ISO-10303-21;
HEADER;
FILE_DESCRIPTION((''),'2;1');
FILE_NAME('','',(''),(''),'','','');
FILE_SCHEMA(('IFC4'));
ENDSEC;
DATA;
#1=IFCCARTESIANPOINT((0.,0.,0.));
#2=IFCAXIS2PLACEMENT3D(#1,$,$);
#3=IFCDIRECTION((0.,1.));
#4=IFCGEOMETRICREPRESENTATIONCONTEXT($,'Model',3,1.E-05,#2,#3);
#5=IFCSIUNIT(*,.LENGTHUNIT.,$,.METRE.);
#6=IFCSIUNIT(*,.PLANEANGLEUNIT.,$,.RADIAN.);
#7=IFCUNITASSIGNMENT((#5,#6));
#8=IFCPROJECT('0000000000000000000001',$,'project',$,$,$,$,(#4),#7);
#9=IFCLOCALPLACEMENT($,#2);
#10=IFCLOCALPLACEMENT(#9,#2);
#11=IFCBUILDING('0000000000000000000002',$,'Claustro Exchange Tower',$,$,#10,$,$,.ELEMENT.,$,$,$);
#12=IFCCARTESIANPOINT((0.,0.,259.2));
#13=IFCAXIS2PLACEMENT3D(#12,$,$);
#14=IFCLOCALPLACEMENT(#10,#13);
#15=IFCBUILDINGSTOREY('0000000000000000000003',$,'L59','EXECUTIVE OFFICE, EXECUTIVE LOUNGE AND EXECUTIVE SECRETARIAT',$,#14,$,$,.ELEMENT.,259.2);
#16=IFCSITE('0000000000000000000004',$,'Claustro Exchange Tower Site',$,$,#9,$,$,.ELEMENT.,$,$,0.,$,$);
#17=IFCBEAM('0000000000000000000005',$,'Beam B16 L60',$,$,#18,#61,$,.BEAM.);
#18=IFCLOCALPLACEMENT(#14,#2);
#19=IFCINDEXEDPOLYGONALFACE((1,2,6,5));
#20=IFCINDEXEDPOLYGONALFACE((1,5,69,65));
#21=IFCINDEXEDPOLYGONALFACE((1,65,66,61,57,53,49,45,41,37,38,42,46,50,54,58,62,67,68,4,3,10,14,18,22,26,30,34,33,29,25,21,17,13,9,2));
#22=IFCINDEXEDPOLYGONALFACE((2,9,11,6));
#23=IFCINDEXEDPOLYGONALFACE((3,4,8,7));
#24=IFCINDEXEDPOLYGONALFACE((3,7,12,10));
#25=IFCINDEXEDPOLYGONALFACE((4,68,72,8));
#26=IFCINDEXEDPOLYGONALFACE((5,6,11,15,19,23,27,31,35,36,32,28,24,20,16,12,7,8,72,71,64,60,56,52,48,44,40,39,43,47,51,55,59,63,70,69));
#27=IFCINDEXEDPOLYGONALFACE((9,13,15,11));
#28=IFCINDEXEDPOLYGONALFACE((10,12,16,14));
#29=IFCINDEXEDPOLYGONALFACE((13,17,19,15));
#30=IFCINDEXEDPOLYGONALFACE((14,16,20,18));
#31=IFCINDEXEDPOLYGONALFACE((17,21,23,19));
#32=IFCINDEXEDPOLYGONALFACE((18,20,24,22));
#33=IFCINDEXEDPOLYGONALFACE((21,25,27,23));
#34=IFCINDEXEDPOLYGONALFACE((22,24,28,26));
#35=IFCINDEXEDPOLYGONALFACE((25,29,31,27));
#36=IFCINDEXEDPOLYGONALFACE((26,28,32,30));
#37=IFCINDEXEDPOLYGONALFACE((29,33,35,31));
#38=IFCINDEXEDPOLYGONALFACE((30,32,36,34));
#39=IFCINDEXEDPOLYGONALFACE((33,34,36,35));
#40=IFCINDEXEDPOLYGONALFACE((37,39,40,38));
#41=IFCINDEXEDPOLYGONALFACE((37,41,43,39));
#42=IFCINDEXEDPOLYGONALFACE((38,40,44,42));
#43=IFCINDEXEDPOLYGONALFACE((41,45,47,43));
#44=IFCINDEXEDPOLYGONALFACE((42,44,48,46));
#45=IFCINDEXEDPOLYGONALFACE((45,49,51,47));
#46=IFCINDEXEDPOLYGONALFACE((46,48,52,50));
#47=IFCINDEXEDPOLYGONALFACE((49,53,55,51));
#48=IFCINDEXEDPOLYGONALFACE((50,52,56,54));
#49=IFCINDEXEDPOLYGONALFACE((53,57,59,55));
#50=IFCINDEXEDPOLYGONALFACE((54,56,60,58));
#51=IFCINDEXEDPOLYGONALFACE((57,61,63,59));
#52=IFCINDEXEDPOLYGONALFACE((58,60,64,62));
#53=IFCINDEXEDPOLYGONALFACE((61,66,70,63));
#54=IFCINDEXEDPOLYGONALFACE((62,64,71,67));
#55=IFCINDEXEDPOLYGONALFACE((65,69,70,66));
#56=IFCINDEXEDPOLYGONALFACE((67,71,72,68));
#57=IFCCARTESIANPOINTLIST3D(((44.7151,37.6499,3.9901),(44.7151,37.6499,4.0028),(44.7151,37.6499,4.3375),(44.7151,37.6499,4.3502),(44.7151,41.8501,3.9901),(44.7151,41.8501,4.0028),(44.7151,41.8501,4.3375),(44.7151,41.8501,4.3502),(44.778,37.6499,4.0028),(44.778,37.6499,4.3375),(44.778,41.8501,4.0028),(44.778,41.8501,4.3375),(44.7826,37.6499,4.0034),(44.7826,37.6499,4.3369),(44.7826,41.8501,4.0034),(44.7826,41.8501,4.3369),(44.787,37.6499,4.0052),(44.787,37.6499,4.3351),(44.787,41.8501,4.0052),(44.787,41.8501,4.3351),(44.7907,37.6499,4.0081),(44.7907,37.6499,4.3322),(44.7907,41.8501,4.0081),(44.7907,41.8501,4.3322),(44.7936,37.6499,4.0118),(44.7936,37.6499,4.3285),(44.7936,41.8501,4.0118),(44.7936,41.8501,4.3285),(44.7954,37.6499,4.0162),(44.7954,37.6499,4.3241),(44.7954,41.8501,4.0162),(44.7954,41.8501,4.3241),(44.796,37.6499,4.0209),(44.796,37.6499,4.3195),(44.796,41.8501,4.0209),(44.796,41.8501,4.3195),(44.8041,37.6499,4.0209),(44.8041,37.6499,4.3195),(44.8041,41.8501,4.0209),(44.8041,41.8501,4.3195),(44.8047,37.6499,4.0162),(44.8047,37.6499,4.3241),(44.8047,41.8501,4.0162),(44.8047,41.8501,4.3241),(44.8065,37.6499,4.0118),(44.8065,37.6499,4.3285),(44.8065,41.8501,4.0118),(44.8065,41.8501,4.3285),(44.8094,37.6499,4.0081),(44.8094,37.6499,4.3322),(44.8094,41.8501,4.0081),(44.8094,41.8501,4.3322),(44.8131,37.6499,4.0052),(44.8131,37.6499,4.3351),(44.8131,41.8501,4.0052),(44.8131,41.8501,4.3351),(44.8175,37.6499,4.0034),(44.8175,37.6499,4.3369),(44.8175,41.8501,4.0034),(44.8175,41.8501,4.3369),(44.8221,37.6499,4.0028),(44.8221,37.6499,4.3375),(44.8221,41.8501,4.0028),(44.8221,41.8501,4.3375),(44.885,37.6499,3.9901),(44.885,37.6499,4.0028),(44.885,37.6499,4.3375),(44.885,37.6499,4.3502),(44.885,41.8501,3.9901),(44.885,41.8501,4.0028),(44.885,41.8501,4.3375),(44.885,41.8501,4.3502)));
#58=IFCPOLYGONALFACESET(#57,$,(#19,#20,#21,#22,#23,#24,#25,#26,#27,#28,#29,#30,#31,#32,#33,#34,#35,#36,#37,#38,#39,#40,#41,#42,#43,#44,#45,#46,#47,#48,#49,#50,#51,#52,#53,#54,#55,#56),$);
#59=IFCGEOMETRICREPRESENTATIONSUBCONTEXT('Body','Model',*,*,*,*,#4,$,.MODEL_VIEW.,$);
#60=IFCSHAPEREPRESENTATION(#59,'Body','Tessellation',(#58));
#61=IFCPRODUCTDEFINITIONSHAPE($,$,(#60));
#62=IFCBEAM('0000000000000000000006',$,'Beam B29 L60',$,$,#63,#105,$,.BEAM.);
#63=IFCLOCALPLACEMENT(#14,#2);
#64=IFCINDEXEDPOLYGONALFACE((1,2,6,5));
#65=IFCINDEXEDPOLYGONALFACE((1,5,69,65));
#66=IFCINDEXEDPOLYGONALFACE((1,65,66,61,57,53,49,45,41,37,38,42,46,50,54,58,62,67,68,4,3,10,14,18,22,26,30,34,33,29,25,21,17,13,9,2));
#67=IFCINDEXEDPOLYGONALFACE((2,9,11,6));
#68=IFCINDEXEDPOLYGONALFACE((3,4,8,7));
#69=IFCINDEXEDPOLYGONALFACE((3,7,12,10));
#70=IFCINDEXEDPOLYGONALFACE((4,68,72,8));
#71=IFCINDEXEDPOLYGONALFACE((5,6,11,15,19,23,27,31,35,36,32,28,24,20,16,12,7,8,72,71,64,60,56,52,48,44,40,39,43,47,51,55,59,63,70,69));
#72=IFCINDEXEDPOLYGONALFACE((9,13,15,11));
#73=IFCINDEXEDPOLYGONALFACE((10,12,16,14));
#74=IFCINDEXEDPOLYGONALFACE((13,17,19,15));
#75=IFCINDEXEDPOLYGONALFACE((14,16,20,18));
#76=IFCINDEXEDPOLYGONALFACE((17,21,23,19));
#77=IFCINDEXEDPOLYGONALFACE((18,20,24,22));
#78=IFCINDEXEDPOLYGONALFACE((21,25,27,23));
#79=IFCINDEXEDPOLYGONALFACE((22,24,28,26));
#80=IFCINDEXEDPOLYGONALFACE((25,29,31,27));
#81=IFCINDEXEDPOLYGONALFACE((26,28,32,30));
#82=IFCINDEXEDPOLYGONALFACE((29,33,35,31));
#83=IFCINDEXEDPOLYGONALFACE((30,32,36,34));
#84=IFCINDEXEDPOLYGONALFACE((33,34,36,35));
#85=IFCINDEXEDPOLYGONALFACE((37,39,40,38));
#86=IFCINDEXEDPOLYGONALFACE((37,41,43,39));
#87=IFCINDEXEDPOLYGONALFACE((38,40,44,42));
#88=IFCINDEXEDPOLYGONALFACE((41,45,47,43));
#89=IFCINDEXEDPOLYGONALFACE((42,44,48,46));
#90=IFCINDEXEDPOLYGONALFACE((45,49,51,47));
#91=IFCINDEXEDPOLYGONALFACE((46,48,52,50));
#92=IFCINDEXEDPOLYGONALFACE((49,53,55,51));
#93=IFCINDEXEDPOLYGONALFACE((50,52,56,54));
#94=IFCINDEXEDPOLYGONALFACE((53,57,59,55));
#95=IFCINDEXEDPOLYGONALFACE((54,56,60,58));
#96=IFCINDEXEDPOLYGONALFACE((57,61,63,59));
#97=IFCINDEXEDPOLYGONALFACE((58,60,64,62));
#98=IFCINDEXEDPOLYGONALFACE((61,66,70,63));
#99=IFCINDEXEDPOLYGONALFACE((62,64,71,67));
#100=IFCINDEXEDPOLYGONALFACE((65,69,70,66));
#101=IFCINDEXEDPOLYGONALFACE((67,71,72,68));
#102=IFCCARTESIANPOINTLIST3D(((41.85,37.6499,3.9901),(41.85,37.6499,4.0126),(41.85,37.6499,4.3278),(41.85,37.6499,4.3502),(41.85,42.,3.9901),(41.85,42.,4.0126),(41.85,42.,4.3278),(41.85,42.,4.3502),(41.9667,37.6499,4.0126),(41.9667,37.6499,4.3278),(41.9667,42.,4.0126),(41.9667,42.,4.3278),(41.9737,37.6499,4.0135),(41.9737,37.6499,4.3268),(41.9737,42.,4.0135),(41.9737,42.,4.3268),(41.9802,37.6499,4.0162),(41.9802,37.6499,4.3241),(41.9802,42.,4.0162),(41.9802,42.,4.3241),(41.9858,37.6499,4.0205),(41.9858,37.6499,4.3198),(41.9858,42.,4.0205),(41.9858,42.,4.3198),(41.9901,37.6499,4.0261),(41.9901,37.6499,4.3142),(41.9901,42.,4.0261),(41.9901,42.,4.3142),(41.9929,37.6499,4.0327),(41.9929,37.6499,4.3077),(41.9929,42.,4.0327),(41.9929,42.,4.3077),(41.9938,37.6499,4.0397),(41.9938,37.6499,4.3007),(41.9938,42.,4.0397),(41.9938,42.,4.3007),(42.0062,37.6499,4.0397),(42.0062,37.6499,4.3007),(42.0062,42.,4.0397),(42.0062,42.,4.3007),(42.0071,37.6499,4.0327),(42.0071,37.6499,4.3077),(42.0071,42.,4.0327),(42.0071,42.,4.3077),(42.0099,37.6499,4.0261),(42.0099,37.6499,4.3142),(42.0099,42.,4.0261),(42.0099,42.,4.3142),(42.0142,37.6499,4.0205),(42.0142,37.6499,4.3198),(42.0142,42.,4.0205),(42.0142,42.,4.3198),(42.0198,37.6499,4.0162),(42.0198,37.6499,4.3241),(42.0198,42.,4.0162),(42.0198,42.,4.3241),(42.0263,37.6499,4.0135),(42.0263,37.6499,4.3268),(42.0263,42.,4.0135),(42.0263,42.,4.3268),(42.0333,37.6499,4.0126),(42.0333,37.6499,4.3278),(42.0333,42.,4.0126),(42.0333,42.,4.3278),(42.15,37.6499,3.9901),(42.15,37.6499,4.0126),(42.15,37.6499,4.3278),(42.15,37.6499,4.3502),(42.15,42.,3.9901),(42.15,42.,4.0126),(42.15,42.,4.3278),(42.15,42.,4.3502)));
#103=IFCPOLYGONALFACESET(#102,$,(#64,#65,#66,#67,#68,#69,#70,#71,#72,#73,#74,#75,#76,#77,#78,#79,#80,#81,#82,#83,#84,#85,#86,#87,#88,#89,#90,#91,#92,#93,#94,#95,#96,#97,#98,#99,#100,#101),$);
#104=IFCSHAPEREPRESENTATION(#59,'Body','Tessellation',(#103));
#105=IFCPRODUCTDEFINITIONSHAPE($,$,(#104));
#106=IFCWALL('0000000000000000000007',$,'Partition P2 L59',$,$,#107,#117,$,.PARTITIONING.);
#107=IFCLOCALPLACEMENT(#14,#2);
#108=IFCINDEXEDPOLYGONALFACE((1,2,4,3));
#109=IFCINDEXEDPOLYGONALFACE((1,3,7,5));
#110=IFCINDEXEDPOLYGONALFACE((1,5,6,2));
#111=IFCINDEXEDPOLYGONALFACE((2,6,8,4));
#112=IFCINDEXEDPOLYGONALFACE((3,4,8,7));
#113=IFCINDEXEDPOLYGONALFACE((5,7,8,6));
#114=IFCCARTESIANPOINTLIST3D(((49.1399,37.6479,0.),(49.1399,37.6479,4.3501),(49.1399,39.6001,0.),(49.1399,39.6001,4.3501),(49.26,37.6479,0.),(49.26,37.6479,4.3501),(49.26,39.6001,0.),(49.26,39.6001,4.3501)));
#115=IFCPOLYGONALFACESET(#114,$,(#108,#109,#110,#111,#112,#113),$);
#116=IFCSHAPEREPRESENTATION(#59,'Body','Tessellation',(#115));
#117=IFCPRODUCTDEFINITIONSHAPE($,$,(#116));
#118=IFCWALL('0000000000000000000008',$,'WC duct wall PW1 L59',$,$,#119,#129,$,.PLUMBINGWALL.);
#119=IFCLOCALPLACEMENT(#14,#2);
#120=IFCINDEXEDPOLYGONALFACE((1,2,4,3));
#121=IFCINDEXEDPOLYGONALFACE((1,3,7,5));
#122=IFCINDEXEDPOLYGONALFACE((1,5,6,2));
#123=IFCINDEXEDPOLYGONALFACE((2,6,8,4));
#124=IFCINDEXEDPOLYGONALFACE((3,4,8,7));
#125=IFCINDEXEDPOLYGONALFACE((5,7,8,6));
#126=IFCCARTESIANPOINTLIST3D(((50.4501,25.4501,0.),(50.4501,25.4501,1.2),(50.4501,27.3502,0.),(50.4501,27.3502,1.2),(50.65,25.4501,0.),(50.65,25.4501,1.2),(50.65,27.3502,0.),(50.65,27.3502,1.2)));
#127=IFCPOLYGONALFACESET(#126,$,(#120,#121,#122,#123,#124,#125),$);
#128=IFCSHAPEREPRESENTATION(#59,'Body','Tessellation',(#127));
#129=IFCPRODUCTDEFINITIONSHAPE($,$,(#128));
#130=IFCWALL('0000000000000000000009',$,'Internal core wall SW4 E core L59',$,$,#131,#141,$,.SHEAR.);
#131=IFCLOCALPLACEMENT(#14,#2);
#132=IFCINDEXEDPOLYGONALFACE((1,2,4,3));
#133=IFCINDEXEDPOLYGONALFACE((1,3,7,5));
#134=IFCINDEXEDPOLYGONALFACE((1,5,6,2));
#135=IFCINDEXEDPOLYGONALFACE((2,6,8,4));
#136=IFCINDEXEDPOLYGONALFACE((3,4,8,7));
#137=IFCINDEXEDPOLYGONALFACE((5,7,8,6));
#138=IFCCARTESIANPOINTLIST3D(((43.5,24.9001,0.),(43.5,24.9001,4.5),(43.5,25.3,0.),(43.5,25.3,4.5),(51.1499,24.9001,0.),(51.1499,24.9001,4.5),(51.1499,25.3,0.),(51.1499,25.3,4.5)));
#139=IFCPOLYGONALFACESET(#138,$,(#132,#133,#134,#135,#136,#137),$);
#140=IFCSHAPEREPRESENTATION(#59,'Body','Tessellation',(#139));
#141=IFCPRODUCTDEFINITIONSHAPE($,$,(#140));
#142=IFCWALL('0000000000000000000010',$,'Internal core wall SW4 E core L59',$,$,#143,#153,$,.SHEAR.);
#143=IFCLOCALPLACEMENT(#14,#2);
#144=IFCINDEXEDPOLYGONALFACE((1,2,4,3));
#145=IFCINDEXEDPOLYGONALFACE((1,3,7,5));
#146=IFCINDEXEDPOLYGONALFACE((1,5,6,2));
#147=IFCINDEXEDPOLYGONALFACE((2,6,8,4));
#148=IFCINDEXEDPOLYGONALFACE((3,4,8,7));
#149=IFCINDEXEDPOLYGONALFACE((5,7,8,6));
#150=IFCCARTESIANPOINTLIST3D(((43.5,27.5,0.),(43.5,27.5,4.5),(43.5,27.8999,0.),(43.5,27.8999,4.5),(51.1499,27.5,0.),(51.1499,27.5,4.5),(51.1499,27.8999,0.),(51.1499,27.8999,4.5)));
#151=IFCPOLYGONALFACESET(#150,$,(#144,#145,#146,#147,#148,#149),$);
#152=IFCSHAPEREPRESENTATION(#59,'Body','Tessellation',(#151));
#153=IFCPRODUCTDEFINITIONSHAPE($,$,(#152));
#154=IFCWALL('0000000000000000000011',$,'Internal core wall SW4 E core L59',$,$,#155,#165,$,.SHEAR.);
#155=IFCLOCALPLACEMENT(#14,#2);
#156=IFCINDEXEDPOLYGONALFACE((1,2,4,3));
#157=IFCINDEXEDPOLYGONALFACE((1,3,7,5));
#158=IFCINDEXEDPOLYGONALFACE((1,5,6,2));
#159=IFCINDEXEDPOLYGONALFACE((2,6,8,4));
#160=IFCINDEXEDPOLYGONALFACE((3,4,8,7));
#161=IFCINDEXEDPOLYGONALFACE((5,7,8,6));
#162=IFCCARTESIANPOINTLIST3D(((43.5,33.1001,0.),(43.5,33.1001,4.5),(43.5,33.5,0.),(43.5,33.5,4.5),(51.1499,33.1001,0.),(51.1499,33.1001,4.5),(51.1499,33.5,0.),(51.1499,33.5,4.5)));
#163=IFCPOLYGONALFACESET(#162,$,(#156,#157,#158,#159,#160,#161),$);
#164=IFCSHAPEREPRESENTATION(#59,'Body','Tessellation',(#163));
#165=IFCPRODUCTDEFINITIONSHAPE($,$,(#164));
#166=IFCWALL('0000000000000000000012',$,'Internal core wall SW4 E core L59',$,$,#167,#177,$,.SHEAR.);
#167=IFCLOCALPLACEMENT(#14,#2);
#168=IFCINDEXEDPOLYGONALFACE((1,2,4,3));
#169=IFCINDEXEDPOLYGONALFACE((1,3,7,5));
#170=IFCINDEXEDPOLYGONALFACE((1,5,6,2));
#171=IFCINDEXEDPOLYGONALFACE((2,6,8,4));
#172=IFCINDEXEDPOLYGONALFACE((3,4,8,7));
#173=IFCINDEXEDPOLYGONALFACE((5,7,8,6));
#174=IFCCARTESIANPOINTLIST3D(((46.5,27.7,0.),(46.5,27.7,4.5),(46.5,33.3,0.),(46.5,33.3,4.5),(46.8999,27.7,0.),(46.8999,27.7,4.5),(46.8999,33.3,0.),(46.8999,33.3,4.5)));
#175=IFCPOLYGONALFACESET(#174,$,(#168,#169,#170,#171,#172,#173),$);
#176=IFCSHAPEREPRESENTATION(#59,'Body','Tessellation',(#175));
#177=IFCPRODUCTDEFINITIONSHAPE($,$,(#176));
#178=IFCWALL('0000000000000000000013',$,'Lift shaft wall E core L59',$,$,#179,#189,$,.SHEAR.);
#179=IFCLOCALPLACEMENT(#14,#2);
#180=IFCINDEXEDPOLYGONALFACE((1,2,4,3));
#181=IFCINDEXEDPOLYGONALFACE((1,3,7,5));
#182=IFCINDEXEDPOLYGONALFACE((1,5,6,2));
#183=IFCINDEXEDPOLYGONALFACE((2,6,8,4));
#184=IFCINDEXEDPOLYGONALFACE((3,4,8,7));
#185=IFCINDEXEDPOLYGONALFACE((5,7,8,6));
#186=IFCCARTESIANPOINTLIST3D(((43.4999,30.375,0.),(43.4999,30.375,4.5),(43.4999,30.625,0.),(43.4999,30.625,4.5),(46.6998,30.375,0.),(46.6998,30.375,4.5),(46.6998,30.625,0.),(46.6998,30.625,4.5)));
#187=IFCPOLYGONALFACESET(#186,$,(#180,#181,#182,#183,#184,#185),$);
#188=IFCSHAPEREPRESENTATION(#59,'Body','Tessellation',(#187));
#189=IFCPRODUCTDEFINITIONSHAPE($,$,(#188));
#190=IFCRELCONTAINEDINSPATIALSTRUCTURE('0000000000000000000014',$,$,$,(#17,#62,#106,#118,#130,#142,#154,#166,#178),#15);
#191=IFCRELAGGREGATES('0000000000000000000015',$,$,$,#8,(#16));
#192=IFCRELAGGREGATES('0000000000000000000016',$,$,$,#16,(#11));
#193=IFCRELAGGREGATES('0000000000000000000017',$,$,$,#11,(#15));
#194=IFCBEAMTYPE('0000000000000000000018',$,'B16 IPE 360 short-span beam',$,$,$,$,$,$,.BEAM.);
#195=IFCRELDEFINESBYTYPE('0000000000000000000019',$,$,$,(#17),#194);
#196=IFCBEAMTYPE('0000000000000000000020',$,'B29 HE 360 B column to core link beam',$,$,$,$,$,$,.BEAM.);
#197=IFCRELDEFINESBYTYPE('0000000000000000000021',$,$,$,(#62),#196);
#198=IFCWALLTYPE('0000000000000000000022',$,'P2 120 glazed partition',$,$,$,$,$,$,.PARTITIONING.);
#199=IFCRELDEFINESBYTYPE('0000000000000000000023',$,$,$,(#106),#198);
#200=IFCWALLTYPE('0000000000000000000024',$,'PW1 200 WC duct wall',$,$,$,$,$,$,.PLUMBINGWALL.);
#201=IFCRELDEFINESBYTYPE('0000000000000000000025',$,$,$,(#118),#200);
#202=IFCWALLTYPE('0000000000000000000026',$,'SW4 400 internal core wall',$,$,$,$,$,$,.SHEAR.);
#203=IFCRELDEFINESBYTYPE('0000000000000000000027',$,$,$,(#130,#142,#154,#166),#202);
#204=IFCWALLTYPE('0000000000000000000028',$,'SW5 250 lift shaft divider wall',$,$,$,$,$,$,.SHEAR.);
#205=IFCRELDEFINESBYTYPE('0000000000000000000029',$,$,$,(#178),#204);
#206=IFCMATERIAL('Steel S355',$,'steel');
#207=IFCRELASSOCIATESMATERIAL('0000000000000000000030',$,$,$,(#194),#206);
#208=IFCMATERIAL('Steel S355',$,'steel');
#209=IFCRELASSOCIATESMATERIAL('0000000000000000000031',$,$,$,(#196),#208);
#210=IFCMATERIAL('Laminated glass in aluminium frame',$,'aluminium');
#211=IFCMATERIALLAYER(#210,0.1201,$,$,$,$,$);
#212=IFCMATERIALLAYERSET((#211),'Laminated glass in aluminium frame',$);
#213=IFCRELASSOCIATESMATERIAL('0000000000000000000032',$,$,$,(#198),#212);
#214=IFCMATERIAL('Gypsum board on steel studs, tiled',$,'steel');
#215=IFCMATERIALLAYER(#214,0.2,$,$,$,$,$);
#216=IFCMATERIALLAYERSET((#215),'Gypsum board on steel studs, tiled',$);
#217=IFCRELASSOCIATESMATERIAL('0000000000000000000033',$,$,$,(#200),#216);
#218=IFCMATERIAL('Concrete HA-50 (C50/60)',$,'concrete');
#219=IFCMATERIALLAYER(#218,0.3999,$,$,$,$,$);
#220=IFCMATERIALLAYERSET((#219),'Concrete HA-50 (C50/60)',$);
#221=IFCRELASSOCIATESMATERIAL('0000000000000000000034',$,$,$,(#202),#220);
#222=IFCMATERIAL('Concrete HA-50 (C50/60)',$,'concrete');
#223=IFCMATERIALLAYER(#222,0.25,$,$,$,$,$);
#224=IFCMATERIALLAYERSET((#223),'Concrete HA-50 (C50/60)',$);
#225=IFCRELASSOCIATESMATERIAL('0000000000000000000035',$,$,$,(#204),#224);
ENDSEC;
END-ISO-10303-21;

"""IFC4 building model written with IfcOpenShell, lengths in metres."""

from ifc_helpers import new_model, si_unit, direction, frame, frame_2d, origin, origin_2d, place, context, subcontext, project, spatial, rectangle, i_section, extrude, material, layer, layer_set, material_profile, profile_set, type_object, element, save


model = new_model("IFC4")

# Units and contexts
model_context = context("Model", 3, precision=1e-05, world=origin(), true_north=direction((0.0, 1.0)))
body_context = subcontext(model_context, "Body", "Model", "MODEL_VIEW")
ifc_project = project(units=[si_unit("LENGTHUNIT", "METRE"), si_unit("PLANEANGLEUNIT", "RADIAN")], contexts=[model_context])

# Site, building, storey
site_placement = place(None, origin())
site = spatial("IfcSite", under=ifc_project, at=site_placement, Name="Claustro Exchange Tower Site", CompositionType="ELEMENT", RefElevation=0.0)
building_placement = place(site_placement, origin())
building = spatial("IfcBuilding", under=site, at=building_placement, Name="Claustro Exchange Tower", CompositionType="ELEMENT")
storey_placement = place(building_placement, frame((0.0, 0.0, 259.2)))
storey = spatial("IfcBuildingStorey", under=building, at=storey_placement, Name="L59", Description="EXECUTIVE OFFICE, EXECUTIVE LOUNGE AND EXECUTIVE SECRETARIAT", CompositionType="ELEMENT", Elevation=259.2)

# Beams
ifc_material_1 = material(Name="Steel S355", Category="steel")
ifc_material_profile_1 = material_profile(ifc_material_1, i_section(OverallWidth=0.1699, OverallDepth=0.3601, WebThickness=0.0081, FlangeThickness=0.0127, FilletRadius=0.0181, at=origin_2d()), Name="IPE 360")
ifc_profile_set_1 = profile_set([ifc_material_profile_1], Name="Steel S355")
beam_type_1 = type_object("IfcBeamType", Name="B16 IPE 360 short-span beam", PredefinedType="BEAM", material=ifc_profile_set_1)
beam_1_placement = place(storey_placement, frame((44.8, 37.6499, 4.1702), z_axis=(0.0, 1.0, 0.0), x_axis=(-1.0, 0.0, 0.0)))
element("IfcBeam", 1, at=beam_1_placement, inside=storey, type_object=beam_type_1, Name="Beam B16 L60", PredefinedType="BEAM", context=body_context, shape_type="SweptSolid", body=[
    extrude(i_section(OverallWidth=0.1699, OverallDepth=0.3601, WebThickness=0.0081, FlangeThickness=0.0127, FilletRadius=0.0181, at=origin_2d()), origin(), (0.0, 0.0, 1.0), 4.2002),
])
ifc_material_2 = material(Name="Steel S355", Category="steel")
ifc_material_profile_2 = material_profile(ifc_material_2, i_section(OverallWidth=0.3, OverallDepth=0.3601, WebThickness=0.0125, FlangeThickness=0.0225, FilletRadius=0.0271, at=origin_2d()), Name="HE 360 B")
ifc_profile_set_2 = profile_set([ifc_material_profile_2], Name="Steel S355")
beam_type_2 = type_object("IfcBeamType", Name="B29 HE 360 B column to core link beam", PredefinedType="BEAM", material=ifc_profile_set_2)
beam_2_placement = place(storey_placement, frame((42.0, 37.6499, 4.1702), z_axis=(0.0, 1.0, 0.0), x_axis=(-1.0, 0.0, 0.0)))
element("IfcBeam", 2, at=beam_2_placement, inside=storey, type_object=beam_type_2, Name="Beam B29 L60", PredefinedType="BEAM", context=body_context, shape_type="SweptSolid", body=[
    extrude(i_section(OverallWidth=0.3, OverallDepth=0.3601, WebThickness=0.0125, FlangeThickness=0.0225, FilletRadius=0.0271, at=origin_2d()), origin(), (0.0, 0.0, 1.0), 4.3501),
])

# Shared definitions
ifc_material_3 = material(Name="Laminated glass in aluminium frame", Category="aluminium")
ifc_layer_1 = layer(ifc_material_3, 0.1201)
ifc_layer_set_1 = layer_set([ifc_layer_1], Name="Laminated glass in aluminium frame")
wall_type_1 = type_object("IfcWallType", Name="P2 120 glazed partition", PredefinedType="PARTITIONING", material=ifc_layer_set_1)

# Walls
wall_1_placement = place(storey_placement, frame((49.2, 37.6479, 0.0), z_axis=(0.0, 0.0, 1.0), x_axis=(0.0, 1.0, 0.0)))
element("IfcWall", 3, at=wall_1_placement, inside=storey, type_object=wall_type_1, Name="Partition P2 L59", PredefinedType="PARTITIONING", context=body_context, shape_type="SweptSolid", body=[
    extrude(rectangle(XDim=1.9521, YDim=0.1201, at=frame_2d((0.9761, 0.0))), origin(), (0.0, 0.0, 1.0), 4.3501),
])
ifc_material_4 = material(Name="Gypsum board on steel studs, tiled", Category="steel")
ifc_layer_2 = layer(ifc_material_4, 0.2)
ifc_layer_set_2 = layer_set([ifc_layer_2], Name="Gypsum board on steel studs, tiled")
wall_type_2 = type_object("IfcWallType", Name="PW1 200 WC duct wall", PredefinedType="PLUMBINGWALL", material=ifc_layer_set_2)
wall_2_placement = place(storey_placement, frame((50.55, 25.45, 0.0), z_axis=(0.0, 0.0, 1.0), x_axis=(0.0, 1.0, 0.0)))
element("IfcWall", 4, at=wall_2_placement, inside=storey, type_object=wall_type_2, Name="WC duct wall PW1 L59", PredefinedType="PLUMBINGWALL", context=body_context, shape_type="SweptSolid", body=[
    extrude(rectangle(XDim=1.9001, YDim=0.2, at=frame_2d((0.9502, 0.0))), origin(), (0.0, 0.0, 1.0), 1.2),
])
ifc_material_5 = material(Name="Concrete HA-50 (C50/60)", Category="concrete")
ifc_layer_3 = layer(ifc_material_5, 0.3999)
ifc_layer_set_3 = layer_set([ifc_layer_3], Name="Concrete HA-50 (C50/60)")
wall_type_3 = type_object("IfcWallType", Name="SW4 400 internal core wall", PredefinedType="SHEAR", material=ifc_layer_set_3)
for number, where, z_axis, x_axis, name in (
    (5, (51.1499, 25.1001, 0.0), (0.0, 0.0, 1.0), (-1.0, 0.0, 0.0), "Internal core wall SW4 E core L59"),
    (6, (51.1499, 27.7, 0.0), (0.0, 0.0, 1.0), (-1.0, 0.0, 0.0), "Internal core wall SW4 E core L59"),
    (7, (51.1499, 33.3, 0.0), (0.0, 0.0, 1.0), (-1.0, 0.0, 0.0), "Internal core wall SW4 E core L59"),
):
    element("IfcWall", number, at=place(storey_placement, frame(where, z_axis=z_axis, x_axis=x_axis)), inside=storey, type_object=wall_type_3, Name=name, PredefinedType="SHEAR", context=body_context, shape_type="SweptSolid", body=[
        extrude(rectangle(XDim=7.6499, YDim=0.3999, at=frame_2d((3.825, 0.0))), origin(), (0.0, 0.0, 1.0), 4.5),
    ])
wall_3_placement = place(storey_placement, frame((46.7, 27.7, 0.0), z_axis=(0.0, 0.0, 1.0), x_axis=(0.0, 1.0, 0.0)))
element("IfcWall", 8, at=wall_3_placement, inside=storey, type_object=wall_type_3, Name="Internal core wall SW4 E core L59", PredefinedType="SHEAR", context=body_context, shape_type="SweptSolid", body=[
    extrude(rectangle(XDim=5.6001, YDim=0.3999, at=frame_2d((2.8, 0.0))), origin(), (0.0, 0.0, 1.0), 4.5),
])
ifc_material_6 = material(Name="Concrete HA-50 (C50/60)", Category="concrete")
ifc_layer_4 = layer(ifc_material_6, 0.25)
ifc_layer_set_4 = layer_set([ifc_layer_4], Name="Concrete HA-50 (C50/60)")
wall_type_4 = type_object("IfcWallType", Name="SW5 250 lift shaft divider wall", PredefinedType="SHEAR", material=ifc_layer_set_4)
for number, where, z_axis, x_axis, name in (
    (9, (46.7, 30.5, 0.0), (0.0, 0.0, 1.0), (-1.0, 0.0, 0.0), "Lift shaft wall E core L59"),
):
    element("IfcWall", number, at=place(storey_placement, frame(where, z_axis=z_axis, x_axis=x_axis)), inside=storey, type_object=wall_type_4, Name=name, PredefinedType="SHEAR", context=body_context, shape_type="SweptSolid", body=[
        extrude(rectangle(XDim=3.2, YDim=0.25, at=frame_2d((1.6001, 0.0))), origin(), (0.0, 0.0, 1.0), 4.5),
    ])

save(model, "model.ifc")
